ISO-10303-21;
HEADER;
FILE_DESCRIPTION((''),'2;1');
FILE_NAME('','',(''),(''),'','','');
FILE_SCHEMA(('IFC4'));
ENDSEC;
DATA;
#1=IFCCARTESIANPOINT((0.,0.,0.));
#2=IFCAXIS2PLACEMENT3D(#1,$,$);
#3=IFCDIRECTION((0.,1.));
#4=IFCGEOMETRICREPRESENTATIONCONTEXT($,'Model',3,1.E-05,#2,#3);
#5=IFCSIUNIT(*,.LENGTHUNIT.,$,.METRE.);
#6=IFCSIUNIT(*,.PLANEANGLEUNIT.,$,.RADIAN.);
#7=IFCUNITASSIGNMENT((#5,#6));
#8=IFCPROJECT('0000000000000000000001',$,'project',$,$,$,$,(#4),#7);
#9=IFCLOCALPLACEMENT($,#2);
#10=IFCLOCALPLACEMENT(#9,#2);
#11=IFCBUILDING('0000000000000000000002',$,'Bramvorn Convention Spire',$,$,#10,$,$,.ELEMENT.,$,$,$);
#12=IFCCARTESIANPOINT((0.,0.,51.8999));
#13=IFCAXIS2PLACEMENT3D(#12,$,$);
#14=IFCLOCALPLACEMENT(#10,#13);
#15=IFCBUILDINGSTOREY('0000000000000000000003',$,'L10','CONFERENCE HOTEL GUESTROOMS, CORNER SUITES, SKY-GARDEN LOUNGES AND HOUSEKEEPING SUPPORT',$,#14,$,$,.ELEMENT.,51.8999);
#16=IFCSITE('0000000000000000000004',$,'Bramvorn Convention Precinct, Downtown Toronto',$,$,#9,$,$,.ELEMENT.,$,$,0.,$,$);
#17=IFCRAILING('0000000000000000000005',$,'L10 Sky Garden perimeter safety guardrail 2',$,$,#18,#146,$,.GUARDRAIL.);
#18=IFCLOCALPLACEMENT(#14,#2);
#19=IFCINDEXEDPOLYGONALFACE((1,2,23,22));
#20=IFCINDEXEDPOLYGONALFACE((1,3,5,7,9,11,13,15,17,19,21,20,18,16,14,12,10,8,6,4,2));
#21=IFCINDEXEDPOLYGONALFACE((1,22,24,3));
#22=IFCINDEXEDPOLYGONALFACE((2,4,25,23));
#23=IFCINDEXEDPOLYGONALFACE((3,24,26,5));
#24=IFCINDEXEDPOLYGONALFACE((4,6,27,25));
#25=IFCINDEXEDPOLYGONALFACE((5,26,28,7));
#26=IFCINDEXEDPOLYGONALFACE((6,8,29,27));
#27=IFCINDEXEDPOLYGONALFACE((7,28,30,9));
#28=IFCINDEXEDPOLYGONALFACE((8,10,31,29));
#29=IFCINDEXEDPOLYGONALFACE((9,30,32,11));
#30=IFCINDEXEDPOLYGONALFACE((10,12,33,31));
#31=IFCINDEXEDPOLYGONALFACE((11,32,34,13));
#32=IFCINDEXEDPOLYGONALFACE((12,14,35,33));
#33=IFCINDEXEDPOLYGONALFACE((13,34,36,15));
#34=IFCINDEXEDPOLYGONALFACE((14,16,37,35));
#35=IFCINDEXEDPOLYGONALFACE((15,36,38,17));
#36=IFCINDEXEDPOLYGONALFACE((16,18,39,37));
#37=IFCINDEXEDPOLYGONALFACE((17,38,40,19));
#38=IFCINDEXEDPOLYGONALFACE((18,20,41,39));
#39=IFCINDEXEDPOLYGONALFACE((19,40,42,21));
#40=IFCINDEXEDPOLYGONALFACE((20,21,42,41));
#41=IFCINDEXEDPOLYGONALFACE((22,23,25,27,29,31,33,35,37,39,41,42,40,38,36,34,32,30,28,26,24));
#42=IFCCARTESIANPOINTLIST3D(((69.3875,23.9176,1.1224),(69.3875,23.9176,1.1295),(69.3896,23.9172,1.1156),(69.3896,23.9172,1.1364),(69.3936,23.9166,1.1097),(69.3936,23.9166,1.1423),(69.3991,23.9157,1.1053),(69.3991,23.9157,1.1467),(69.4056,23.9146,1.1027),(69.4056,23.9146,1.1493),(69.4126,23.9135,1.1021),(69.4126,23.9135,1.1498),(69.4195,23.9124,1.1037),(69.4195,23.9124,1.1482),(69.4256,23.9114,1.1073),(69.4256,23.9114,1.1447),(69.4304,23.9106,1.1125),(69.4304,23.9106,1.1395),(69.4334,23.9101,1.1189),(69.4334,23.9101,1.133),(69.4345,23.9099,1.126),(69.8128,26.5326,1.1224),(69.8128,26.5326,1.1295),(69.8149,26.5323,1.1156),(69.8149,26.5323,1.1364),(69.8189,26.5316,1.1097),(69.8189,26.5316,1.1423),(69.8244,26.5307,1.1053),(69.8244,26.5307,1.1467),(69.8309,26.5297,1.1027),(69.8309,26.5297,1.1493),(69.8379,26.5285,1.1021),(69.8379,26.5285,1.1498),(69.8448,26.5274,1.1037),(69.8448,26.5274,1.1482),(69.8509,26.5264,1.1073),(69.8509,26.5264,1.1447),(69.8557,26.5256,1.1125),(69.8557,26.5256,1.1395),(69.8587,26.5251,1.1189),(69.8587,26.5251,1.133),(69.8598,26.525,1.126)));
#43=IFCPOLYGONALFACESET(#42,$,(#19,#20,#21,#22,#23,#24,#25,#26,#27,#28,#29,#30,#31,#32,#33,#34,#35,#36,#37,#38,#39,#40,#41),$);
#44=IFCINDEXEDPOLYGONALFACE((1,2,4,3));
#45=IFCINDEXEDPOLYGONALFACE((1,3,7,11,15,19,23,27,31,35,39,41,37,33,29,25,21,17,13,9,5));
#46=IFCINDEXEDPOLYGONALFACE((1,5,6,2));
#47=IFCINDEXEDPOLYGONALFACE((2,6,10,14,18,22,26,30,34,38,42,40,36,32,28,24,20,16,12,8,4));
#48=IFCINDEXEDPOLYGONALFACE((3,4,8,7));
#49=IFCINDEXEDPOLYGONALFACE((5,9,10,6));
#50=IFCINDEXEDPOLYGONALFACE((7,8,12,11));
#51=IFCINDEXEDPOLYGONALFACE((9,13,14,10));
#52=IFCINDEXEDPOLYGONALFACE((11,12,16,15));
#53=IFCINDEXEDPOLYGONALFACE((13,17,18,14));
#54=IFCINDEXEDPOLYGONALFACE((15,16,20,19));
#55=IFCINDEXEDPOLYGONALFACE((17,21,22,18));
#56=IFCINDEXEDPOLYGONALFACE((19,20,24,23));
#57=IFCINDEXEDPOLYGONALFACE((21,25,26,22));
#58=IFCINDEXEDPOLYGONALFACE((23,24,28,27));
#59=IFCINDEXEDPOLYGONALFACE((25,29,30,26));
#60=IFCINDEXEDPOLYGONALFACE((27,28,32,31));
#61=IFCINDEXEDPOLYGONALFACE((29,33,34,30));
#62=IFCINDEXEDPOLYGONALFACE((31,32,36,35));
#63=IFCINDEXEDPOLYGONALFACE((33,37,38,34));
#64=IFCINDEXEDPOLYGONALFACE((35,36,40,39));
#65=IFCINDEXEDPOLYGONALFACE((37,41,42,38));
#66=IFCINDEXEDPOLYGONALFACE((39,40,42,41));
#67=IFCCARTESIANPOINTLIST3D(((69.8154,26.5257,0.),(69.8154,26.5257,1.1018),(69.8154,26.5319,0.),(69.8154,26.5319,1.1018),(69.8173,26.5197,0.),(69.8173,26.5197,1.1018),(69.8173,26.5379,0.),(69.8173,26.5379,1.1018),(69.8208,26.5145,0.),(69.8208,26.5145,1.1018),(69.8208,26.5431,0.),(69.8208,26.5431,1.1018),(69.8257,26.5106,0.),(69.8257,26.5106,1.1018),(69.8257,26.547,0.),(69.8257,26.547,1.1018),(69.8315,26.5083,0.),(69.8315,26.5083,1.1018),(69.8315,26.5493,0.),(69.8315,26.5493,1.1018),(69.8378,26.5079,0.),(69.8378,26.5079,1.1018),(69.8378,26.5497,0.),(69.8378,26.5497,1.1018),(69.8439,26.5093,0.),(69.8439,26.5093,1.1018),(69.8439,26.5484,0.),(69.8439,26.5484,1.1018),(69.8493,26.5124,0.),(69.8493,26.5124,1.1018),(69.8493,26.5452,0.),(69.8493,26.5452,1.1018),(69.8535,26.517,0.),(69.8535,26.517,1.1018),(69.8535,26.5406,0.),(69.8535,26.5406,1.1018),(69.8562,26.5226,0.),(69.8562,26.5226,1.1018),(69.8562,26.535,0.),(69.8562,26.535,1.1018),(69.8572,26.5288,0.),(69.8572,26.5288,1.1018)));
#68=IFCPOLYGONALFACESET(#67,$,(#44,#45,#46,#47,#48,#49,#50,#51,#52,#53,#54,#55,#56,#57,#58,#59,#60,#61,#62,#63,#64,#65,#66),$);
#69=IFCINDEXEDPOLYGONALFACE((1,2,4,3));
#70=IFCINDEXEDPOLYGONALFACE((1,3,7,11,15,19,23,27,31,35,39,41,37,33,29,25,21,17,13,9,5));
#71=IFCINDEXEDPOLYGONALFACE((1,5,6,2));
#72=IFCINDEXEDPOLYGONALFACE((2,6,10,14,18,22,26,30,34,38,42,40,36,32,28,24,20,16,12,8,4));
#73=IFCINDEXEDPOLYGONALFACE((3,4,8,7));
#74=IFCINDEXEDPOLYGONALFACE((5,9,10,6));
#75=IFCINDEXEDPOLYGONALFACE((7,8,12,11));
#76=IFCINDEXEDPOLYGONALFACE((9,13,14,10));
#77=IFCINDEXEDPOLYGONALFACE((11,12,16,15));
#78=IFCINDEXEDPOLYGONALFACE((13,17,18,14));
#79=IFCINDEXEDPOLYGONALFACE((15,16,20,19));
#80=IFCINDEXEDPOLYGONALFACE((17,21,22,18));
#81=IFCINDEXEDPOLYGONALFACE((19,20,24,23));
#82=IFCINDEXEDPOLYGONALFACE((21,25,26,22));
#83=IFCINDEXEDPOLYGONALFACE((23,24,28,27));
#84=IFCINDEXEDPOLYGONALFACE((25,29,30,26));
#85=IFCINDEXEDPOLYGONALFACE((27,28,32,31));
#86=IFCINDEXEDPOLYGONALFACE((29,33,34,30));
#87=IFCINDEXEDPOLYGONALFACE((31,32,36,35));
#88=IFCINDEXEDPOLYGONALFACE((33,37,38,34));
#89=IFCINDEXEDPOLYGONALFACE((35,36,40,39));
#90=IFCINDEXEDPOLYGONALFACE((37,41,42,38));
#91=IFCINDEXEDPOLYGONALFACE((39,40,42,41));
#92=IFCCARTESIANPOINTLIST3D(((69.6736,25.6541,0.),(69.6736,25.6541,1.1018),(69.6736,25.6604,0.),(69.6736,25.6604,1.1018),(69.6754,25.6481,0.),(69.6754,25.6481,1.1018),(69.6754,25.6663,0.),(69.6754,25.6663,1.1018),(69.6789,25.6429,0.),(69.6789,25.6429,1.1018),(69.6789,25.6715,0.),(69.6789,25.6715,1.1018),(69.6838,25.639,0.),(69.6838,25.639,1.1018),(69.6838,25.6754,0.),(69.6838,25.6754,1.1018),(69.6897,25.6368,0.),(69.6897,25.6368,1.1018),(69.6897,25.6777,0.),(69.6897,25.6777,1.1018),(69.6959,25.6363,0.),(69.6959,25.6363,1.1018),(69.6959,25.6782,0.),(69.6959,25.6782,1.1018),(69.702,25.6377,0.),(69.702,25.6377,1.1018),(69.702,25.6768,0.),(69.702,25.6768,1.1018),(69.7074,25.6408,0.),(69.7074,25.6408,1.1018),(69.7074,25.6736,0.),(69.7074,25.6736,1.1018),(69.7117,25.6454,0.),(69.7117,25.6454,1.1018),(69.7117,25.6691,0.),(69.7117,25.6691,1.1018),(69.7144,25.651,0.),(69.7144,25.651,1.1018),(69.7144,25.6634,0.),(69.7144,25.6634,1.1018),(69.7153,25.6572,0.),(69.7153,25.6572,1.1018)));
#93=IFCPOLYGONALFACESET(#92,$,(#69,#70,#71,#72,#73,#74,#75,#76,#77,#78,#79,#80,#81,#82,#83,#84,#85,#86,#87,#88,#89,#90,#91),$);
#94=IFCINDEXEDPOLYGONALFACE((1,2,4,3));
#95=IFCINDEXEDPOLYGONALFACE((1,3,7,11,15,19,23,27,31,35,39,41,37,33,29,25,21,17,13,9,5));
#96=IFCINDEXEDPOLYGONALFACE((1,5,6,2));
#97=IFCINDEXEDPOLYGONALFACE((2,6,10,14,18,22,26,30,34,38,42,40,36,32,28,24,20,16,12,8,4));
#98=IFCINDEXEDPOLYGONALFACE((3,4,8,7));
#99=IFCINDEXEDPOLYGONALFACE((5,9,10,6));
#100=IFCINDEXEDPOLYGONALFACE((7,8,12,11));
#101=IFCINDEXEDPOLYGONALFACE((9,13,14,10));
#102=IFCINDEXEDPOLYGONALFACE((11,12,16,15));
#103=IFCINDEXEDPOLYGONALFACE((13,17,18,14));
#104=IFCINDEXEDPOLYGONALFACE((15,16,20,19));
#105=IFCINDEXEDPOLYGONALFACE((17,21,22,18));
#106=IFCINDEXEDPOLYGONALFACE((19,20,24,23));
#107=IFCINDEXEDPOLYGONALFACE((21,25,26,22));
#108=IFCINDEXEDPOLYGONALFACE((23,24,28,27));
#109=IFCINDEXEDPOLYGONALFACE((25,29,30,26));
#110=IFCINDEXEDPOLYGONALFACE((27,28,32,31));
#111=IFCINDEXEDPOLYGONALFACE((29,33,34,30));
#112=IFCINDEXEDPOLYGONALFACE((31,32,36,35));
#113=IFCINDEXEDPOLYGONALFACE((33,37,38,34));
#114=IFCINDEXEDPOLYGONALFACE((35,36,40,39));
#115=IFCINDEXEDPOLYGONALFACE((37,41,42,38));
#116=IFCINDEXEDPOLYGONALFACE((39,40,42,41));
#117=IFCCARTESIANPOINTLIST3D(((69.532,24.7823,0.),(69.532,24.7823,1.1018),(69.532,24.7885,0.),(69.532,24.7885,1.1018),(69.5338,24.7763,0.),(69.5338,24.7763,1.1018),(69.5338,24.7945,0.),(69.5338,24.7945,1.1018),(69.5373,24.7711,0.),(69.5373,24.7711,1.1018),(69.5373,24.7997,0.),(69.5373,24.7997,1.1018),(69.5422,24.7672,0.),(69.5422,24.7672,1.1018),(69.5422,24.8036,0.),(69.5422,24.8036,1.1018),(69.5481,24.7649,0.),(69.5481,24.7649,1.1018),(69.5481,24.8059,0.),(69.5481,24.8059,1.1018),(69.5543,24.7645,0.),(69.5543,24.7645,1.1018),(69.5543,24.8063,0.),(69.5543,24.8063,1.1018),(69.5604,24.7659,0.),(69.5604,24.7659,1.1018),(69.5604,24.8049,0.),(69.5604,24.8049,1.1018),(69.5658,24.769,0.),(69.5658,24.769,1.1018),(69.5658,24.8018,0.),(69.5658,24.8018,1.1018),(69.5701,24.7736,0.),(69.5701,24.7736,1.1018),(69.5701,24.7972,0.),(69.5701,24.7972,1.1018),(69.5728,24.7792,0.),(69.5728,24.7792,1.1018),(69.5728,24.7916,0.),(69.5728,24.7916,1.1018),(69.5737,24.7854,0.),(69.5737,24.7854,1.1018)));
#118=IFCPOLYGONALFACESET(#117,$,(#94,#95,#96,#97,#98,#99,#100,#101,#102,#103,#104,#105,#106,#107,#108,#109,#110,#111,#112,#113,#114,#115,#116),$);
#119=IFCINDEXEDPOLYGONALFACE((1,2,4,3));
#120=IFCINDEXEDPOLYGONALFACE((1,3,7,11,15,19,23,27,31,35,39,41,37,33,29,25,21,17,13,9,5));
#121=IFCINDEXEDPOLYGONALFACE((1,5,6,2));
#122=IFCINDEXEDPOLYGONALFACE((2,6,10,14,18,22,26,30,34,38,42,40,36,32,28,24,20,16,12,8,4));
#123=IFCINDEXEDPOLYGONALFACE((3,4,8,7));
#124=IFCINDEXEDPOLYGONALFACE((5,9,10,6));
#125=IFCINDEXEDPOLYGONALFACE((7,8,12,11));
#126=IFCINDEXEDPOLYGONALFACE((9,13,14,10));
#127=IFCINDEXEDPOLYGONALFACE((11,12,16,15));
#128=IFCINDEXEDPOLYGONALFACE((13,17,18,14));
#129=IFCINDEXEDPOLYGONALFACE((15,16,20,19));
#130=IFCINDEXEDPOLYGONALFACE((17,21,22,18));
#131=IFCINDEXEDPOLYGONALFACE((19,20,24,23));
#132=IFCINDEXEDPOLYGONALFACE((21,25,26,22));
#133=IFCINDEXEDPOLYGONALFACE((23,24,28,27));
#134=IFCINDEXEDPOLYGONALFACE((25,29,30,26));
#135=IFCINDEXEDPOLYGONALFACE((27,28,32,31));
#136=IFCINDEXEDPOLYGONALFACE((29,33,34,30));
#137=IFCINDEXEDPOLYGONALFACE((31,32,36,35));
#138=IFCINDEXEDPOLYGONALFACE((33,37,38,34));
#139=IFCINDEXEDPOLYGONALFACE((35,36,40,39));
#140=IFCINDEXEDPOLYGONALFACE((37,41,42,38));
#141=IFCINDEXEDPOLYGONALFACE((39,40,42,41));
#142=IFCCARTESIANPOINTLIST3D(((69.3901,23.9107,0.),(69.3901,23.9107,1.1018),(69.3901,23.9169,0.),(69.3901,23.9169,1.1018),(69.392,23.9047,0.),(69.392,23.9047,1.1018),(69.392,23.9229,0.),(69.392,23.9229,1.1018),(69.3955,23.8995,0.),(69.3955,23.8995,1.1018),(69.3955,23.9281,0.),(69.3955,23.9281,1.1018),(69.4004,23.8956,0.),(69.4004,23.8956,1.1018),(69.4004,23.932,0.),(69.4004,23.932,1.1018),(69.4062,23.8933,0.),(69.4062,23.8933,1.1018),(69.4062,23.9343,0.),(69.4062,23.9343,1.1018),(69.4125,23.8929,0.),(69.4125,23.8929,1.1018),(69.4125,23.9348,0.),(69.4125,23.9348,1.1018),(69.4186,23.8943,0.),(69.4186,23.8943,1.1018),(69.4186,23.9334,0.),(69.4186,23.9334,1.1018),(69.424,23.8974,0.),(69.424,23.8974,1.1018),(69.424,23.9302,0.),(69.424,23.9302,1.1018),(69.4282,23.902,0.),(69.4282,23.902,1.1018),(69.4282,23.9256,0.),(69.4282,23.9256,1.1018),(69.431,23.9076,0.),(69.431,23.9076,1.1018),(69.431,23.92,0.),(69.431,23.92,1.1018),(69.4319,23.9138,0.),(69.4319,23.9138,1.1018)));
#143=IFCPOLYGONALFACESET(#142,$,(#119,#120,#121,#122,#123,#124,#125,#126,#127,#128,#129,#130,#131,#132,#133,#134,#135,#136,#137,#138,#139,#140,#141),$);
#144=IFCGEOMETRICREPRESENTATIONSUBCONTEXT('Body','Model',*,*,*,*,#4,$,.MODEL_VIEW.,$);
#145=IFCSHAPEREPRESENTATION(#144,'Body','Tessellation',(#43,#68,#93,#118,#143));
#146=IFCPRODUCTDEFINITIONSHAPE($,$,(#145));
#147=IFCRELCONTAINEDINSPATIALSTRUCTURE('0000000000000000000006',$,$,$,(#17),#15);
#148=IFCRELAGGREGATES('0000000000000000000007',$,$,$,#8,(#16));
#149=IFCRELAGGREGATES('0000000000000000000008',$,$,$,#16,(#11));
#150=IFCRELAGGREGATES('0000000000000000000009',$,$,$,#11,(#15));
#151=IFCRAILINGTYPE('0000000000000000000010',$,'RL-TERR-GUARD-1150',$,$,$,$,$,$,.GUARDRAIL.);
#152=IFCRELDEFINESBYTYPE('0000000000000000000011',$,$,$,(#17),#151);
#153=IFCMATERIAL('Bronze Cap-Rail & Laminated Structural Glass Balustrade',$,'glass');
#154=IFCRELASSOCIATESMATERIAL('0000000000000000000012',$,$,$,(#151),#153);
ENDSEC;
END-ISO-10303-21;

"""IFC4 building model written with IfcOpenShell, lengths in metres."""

from ifc_helpers import new_model, si_unit, direction, frame, origin, origin_2d, place, context, subcontext, project, spatial, circle, extrude, material, type_object, element, save


model = new_model("IFC4")

# Units and contexts
model_context = context("Model", 3, precision=1e-05, world=origin(), true_north=direction((0.0, 1.0)))
body_context = subcontext(model_context, "Body", "Model", "MODEL_VIEW")
ifc_project = project(units=[si_unit("LENGTHUNIT", "METRE"), si_unit("PLANEANGLEUNIT", "RADIAN")], contexts=[model_context])

# Site, building, storey
site_placement = place(None, origin())
site = spatial("IfcSite", under=ifc_project, at=site_placement, Name="Bramvorn Convention Precinct, Downtown Toronto", CompositionType="ELEMENT", RefElevation=0.0)
building_placement = place(site_placement, origin())
building = spatial("IfcBuilding", under=site, at=building_placement, Name="Bramvorn Convention Spire", CompositionType="ELEMENT")
storey_placement = place(building_placement, frame((0.0, 0.0, 51.8999)))
storey = spatial("IfcBuildingStorey", under=building, at=storey_placement, Name="L10", Description="CONFERENCE HOTEL GUESTROOMS, CORNER SUITES, SKY-GARDEN LOUNGES AND HOUSEKEEPING SUPPORT", CompositionType="ELEMENT", Elevation=51.8999)

# Railing
ifc_material_1 = material(Name="Bronze Cap-Rail & Laminated Structural Glass Balustrade", Category="glass")
railing_type = type_object("IfcRailingType", Name="RL-TERR-GUARD-1150", PredefinedType="GUARDRAIL", material=ifc_material_1)
railing_1_placement = place(storey_placement, frame((69.8362, 26.5288, 0.0)))
element("IfcRailing", 1, at=railing_1_placement, inside=storey, type_object=railing_type, Name="L10 Sky Garden perimeter safety guardrail 2", PredefinedType="GUARDRAIL", context=body_context, shape_type="SweptSolid", body=[
    extrude(circle(Radius=0.0239, at=origin_2d()), frame((0.0, 0.0, 1.126), z_axis=(-0.160527, -0.987031, 0.0), x_axis=(0.987031, -0.160527, 0.0)), (0.0, 0.0, 1.0), 2.6494),
    extrude(circle(Radius=0.021, at=origin_2d()), origin(), (0.0, 0.0, 1.0), 1.1018),
    extrude(circle(Radius=0.021, at=origin_2d()), frame((-0.1418, -0.8716, 0.0)), (0.0, 0.0, 1.0), 1.1018),
    extrude(circle(Radius=0.021, at=origin_2d()), frame((-0.2834, -1.7434, 0.0)), (0.0, 0.0, 1.0), 1.1018),
    extrude(circle(Radius=0.021, at=origin_2d()), frame((-0.4253, -2.615, 0.0)), (0.0, 0.0, 1.0), 1.1018),
])

save(model, "model.ifc")
